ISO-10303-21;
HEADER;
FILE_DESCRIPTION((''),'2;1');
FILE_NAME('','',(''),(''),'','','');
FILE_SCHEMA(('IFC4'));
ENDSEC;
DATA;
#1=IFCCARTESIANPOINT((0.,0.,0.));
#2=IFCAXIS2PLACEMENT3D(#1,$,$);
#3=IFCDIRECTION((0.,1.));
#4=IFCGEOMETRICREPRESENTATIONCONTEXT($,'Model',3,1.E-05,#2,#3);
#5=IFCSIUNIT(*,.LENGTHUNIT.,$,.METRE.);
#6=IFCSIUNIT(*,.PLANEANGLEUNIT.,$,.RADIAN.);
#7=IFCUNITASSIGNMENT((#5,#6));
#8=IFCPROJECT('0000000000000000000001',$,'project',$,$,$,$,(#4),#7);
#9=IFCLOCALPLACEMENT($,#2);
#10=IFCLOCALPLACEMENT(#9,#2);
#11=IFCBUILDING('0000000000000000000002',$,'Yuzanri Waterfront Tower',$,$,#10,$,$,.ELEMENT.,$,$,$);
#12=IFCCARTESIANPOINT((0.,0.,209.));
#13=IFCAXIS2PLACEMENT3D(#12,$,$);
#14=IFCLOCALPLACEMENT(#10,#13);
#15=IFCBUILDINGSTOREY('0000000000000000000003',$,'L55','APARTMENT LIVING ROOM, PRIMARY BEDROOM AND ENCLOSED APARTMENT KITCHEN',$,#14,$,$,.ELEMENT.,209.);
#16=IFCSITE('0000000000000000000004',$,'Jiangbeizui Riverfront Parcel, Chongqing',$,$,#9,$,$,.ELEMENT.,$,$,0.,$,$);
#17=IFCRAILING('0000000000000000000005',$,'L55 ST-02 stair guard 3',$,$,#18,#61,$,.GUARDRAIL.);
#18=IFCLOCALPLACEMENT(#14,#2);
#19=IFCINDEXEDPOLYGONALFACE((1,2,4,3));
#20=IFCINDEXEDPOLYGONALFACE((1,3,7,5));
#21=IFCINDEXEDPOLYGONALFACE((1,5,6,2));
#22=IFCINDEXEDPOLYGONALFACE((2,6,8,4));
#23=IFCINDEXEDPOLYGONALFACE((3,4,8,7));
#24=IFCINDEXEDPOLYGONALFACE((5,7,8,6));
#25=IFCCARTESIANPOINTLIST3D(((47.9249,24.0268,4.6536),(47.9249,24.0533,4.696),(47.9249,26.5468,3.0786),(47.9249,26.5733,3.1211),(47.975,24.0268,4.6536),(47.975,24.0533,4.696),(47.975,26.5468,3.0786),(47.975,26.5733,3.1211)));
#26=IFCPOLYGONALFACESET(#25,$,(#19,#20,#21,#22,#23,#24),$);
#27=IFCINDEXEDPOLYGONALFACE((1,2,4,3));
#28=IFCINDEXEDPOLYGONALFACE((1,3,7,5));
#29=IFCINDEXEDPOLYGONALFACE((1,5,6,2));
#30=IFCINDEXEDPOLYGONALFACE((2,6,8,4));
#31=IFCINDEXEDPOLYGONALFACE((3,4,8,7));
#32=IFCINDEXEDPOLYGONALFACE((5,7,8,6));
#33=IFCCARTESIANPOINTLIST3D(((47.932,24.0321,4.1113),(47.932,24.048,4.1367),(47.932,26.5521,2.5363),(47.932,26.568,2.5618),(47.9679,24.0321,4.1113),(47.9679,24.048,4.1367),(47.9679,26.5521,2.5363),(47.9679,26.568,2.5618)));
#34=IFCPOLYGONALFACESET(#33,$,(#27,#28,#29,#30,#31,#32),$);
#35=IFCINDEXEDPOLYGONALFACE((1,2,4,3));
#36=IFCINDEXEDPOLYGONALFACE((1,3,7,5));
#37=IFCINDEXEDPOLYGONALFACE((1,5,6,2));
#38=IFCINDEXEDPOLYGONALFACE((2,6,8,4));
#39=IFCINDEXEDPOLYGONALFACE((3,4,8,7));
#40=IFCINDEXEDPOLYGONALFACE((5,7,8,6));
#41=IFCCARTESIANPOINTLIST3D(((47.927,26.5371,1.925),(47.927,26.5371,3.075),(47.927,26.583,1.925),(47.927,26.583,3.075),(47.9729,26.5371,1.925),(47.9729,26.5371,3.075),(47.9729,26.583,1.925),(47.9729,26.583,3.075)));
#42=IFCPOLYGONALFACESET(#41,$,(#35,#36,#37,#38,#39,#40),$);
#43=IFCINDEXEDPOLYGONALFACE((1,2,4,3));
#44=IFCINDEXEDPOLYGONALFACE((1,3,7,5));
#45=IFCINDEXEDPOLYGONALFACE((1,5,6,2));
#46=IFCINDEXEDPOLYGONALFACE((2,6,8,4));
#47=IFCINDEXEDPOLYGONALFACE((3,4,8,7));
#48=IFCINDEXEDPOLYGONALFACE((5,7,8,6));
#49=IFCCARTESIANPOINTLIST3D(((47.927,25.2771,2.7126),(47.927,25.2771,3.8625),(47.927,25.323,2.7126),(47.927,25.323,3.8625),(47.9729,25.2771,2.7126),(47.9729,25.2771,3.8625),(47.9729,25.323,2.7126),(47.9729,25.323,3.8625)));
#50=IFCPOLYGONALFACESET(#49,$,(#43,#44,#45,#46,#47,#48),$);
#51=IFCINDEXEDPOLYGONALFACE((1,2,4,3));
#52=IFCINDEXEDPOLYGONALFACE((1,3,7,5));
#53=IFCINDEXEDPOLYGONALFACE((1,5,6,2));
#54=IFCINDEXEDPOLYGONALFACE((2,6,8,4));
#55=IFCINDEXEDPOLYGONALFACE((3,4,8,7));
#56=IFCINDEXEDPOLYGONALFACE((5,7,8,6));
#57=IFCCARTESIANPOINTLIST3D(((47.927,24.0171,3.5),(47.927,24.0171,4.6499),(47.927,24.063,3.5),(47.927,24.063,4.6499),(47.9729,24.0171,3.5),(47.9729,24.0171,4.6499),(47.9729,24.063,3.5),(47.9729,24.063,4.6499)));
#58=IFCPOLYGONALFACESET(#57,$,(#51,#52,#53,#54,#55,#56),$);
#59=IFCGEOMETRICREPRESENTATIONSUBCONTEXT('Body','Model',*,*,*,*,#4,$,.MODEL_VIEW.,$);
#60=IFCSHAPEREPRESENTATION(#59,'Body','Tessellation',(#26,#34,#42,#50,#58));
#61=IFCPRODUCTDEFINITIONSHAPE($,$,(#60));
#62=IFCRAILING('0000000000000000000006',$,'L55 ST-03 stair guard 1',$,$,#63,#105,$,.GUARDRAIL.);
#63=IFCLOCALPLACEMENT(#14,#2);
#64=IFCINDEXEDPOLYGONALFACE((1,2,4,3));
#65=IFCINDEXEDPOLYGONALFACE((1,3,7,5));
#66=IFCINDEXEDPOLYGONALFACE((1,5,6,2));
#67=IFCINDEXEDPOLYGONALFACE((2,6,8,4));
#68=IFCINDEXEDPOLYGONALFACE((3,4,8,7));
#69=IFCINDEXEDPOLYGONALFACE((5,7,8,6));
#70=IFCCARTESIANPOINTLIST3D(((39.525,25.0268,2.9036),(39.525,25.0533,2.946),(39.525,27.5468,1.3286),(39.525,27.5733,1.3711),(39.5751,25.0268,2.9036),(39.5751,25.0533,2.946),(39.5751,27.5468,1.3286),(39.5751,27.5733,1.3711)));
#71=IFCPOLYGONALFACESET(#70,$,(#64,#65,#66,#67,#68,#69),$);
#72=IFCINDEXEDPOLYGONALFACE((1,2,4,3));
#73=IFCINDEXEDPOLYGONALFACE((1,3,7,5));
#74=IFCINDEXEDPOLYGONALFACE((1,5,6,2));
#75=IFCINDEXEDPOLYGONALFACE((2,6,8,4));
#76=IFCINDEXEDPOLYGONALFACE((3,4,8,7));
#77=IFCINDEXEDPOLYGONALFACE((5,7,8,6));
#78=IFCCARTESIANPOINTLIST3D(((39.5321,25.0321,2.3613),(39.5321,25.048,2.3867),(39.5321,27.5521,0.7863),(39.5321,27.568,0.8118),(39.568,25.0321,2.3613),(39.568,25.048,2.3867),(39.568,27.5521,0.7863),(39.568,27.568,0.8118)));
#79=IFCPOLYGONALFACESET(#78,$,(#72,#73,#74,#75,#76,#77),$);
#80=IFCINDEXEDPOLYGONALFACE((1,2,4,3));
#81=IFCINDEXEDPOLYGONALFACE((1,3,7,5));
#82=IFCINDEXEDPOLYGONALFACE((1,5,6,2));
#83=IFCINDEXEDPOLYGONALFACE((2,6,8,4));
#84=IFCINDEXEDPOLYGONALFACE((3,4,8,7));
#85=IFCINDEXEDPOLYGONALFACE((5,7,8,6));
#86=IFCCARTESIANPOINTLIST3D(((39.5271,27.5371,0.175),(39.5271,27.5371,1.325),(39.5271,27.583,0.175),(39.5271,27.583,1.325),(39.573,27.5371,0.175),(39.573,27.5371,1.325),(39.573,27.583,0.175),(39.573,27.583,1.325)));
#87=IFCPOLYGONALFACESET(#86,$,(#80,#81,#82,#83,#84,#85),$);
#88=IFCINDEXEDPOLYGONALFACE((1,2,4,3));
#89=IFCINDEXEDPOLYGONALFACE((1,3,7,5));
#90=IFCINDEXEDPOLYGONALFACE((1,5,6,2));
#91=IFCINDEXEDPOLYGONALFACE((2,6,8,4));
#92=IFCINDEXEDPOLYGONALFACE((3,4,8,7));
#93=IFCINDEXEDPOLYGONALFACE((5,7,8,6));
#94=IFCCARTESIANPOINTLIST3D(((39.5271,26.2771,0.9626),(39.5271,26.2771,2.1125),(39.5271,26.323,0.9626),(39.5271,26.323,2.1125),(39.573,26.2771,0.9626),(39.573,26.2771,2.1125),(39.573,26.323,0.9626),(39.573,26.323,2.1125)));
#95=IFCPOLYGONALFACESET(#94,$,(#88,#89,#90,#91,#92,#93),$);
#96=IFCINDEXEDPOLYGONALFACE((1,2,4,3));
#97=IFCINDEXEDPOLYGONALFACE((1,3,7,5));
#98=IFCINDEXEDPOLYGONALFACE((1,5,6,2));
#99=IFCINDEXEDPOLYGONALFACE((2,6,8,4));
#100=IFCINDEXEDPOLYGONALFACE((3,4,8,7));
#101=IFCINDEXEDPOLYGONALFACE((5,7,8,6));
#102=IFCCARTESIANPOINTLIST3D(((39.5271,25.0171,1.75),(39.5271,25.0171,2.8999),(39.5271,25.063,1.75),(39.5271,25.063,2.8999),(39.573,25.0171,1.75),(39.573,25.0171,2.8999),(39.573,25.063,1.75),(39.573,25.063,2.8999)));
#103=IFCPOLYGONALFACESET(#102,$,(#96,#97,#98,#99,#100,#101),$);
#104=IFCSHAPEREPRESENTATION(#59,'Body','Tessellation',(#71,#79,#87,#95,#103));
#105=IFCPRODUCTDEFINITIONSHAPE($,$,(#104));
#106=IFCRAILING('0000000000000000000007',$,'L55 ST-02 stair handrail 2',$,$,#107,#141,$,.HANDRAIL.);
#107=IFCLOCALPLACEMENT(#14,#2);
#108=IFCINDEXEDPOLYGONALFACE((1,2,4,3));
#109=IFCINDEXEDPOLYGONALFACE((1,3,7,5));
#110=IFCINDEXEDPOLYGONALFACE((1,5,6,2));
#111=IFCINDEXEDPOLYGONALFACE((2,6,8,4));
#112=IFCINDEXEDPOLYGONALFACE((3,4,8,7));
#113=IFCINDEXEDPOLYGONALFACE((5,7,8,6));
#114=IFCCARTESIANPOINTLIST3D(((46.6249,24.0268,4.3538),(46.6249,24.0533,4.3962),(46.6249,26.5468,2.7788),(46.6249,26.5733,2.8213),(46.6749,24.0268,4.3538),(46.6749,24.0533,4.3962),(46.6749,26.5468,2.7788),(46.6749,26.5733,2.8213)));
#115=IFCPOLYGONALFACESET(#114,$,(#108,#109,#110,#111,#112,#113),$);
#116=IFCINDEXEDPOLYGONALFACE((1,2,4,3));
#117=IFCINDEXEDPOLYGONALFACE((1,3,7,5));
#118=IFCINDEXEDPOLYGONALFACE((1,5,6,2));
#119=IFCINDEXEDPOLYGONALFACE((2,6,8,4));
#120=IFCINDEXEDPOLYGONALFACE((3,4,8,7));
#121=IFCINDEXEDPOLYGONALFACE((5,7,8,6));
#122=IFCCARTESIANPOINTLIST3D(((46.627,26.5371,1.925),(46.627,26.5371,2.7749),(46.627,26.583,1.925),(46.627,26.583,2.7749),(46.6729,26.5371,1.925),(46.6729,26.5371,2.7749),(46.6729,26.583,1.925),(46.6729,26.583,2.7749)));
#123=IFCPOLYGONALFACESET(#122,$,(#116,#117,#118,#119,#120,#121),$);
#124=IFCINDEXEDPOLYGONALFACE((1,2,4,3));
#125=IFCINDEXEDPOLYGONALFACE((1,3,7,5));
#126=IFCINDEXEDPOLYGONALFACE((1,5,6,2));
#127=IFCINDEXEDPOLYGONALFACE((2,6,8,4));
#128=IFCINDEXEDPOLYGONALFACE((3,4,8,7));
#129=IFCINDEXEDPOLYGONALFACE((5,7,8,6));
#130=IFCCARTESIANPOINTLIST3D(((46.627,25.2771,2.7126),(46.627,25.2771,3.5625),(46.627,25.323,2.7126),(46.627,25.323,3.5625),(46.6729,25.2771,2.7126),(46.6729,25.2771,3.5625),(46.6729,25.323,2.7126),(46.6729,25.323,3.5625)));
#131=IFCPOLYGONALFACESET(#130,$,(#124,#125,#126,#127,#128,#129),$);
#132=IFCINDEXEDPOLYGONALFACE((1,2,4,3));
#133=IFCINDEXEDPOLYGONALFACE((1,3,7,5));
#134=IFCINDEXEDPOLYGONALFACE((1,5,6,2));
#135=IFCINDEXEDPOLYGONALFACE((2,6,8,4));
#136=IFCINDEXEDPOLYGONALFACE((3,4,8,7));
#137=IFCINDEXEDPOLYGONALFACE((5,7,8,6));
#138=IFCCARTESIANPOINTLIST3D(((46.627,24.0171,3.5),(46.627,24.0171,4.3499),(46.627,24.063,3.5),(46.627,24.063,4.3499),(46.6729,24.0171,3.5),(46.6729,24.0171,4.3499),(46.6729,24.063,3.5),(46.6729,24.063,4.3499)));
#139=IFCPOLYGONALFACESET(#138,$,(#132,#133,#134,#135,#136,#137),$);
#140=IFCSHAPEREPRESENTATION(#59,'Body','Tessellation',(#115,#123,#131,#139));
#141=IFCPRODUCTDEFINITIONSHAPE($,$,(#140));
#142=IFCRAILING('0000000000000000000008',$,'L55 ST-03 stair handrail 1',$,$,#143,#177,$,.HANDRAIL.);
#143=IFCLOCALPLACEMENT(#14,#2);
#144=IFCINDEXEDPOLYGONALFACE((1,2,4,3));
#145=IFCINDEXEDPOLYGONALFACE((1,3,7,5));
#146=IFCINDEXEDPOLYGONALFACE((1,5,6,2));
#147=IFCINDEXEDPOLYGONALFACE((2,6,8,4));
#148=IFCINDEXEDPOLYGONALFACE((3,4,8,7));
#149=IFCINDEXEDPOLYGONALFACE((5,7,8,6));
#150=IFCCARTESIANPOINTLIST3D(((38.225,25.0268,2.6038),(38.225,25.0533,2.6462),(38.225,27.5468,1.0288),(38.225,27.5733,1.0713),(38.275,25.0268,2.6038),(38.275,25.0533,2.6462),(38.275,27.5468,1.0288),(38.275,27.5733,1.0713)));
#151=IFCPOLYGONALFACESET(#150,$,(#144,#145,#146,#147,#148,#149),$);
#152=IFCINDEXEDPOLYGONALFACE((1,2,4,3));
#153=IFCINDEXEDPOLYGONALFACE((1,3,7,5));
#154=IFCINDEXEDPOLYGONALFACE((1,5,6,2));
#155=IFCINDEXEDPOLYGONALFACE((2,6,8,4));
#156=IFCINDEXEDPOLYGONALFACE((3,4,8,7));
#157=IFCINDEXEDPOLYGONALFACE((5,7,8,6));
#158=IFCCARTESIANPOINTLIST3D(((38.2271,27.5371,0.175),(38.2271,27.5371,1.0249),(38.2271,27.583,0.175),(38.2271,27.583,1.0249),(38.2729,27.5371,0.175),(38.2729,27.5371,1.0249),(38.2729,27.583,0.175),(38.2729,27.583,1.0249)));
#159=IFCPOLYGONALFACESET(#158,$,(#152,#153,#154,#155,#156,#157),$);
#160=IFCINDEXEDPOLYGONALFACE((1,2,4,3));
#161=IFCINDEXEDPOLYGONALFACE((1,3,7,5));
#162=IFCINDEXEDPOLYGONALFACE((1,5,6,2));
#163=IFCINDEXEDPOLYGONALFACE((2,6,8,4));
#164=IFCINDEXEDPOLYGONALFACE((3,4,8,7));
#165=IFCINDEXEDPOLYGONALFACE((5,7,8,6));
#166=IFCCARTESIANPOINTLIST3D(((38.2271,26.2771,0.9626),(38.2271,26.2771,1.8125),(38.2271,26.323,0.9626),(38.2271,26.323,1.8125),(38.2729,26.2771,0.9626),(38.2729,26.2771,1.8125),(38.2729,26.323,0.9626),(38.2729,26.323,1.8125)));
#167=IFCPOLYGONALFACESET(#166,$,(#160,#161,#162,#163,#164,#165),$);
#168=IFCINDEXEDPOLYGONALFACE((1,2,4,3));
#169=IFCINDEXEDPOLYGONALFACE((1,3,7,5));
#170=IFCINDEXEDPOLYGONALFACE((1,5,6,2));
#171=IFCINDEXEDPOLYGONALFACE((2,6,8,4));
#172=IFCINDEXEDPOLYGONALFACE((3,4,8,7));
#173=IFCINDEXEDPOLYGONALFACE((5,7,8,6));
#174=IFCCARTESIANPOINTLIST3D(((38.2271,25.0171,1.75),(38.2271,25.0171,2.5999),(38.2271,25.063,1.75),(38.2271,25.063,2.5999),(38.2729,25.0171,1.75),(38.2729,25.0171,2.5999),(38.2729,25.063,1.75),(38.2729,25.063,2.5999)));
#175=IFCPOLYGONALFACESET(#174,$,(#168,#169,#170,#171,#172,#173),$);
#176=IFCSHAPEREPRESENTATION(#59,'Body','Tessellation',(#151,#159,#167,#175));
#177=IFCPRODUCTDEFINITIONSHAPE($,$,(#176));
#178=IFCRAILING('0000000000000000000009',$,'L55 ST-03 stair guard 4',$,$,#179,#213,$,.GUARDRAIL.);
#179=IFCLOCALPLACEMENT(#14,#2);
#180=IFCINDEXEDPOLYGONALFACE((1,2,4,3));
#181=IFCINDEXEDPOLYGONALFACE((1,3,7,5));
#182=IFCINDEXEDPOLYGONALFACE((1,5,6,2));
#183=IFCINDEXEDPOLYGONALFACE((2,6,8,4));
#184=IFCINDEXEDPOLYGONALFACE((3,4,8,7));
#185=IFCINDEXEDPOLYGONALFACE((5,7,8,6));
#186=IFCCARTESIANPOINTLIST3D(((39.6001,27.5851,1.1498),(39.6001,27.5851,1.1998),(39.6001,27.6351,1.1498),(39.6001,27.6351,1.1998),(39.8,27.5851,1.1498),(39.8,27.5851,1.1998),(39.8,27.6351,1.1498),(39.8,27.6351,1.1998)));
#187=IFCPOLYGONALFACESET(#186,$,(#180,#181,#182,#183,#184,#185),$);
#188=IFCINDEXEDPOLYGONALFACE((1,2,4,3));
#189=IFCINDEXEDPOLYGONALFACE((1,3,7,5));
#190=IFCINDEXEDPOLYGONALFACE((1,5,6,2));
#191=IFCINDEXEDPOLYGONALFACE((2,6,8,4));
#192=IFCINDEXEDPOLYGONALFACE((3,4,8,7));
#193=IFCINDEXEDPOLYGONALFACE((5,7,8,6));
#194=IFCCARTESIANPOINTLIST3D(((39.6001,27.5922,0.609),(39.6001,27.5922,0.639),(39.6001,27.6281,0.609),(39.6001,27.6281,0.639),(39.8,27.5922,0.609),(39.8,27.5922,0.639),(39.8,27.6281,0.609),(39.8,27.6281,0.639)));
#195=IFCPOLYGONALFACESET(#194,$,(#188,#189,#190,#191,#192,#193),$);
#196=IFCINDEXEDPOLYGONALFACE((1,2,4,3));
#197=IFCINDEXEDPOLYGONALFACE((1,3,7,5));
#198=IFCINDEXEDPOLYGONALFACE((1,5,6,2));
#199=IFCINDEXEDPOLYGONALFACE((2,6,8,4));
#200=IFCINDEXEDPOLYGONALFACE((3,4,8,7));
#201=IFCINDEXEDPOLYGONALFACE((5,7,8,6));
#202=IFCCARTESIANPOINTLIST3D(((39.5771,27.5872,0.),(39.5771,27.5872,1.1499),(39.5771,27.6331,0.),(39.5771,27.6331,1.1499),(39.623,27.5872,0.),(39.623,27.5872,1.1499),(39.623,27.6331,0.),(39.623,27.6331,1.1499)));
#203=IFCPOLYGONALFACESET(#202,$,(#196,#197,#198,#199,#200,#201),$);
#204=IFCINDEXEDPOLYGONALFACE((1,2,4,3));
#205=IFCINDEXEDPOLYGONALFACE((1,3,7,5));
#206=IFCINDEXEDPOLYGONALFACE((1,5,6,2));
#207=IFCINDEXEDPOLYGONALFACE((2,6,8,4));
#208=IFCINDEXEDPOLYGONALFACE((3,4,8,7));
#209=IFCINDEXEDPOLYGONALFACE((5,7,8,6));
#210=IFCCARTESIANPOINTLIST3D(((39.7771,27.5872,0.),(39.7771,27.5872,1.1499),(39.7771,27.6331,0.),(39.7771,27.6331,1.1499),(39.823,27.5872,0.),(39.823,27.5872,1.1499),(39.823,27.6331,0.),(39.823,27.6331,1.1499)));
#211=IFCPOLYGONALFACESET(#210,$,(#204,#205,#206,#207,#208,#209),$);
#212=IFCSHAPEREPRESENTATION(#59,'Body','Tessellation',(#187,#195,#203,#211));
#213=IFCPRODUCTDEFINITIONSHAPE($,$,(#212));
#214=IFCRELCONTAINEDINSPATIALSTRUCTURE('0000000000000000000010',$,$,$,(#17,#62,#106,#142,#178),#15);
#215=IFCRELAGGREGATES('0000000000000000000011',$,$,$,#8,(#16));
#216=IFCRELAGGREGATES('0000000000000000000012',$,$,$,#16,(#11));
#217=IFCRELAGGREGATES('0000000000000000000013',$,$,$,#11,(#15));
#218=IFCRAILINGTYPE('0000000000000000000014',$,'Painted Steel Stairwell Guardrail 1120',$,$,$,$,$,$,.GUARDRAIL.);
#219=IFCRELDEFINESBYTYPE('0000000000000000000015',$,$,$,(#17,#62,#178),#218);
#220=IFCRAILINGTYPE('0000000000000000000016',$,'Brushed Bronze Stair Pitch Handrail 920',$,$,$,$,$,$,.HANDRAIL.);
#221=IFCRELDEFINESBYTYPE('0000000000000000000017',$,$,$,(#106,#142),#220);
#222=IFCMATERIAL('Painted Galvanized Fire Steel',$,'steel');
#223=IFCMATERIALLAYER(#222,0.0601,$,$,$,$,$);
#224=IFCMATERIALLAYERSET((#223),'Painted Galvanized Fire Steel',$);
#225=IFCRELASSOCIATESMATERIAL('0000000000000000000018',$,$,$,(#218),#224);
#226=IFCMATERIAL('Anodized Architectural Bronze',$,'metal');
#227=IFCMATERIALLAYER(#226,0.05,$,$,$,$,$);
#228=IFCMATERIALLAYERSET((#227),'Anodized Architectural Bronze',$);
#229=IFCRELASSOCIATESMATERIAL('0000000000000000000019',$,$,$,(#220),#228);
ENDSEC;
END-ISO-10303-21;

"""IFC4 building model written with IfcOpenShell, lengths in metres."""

from ifc_helpers import new_model, si_unit, direction, frame, origin, origin_2d, place, context, subcontext, project, spatial, rectangle, extrude, source, transform, mapped, material, layer, layer_set, type_object, element, save


model = new_model("IFC4")

# Units and contexts
model_context = context("Model", 3, precision=1e-05, world=origin(), true_north=direction((0.0, 1.0)))
body_context = subcontext(model_context, "Body", "Model", "MODEL_VIEW")
ifc_project = project(units=[si_unit("LENGTHUNIT", "METRE"), si_unit("PLANEANGLEUNIT", "RADIAN")], contexts=[model_context])

# Site, building, storey
site_placement = place(None, origin())
site = spatial("IfcSite", under=ifc_project, at=site_placement, Name="Jiangbeizui Riverfront Parcel, Chongqing", CompositionType="ELEMENT", RefElevation=0.0)
building_placement = place(site_placement, origin())
building = spatial("IfcBuilding", under=site, at=building_placement, Name="Yuzanri Waterfront Tower", CompositionType="ELEMENT")
storey_placement = place(building_placement, frame((0.0, 0.0, 209.0)))
storey = spatial("IfcBuildingStorey", under=building, at=storey_placement, Name="L55", Description="APARTMENT LIVING ROOM, PRIMARY BEDROOM AND ENCLOSED APARTMENT KITCHEN", CompositionType="ELEMENT", Elevation=209.0)

# Railings
ifc_material_1 = material(Name="Painted Galvanized Fire Steel", Category="steel")
ifc_layer_1 = layer(ifc_material_1, 0.0601)
ifc_layer_set_1 = layer_set([ifc_layer_1], Name="Painted Galvanized Fire Steel")
railing_type_1 = type_object("IfcRailingType", Name="Painted Steel Stairwell Guardrail 1120", PredefinedType="GUARDRAIL", material=ifc_layer_set_1)
shared_shape_1 = source(origin(), body_context, "Body", "SweptSolid", [
    extrude(rectangle(XDim=0.05, YDim=0.05, at=origin_2d()), frame((0.0, 0.0, 1.1748), z_axis=(0.0, -0.848008, 0.529984), x_axis=(1.0, 0.0, 0.0)), (0.0, 0.0, 1.0), 2.9717),
    extrude(rectangle(XDim=0.0359, YDim=0.03, at=origin_2d()), frame((0.0, 0.0, 0.624), z_axis=(0.0, -0.848008, 0.529984), x_axis=(1.0, 0.0, 0.0)), (0.0, 0.0, 1.0), 2.9717),
    extrude(rectangle(XDim=0.0459, YDim=0.0459, at=origin_2d()), origin(), (0.0, 0.0, 1.0), 1.1499),
    extrude(rectangle(XDim=0.0459, YDim=0.0459, at=origin_2d()), frame((0.0, -1.26, 0.7876)), (0.0, 0.0, 1.0), 1.1499),
    extrude(rectangle(XDim=0.0459, YDim=0.0459, at=origin_2d()), frame((0.0, -2.52, 1.575)), (0.0, 0.0, 1.0), 1.1499),
])
for number, where, name in (
    (1, (47.95, 26.5601, 1.925), "L55 ST-02 stair guard 3"),
    (2, (39.55, 27.5601, 0.175), "L55 ST-03 stair guard 1"),
):
    element("IfcRailing", number, at=place(storey_placement, frame(where)), inside=storey, type_object=railing_type_1, Name=name, PredefinedType="GUARDRAIL", context=body_context, shape_type="MappedRepresentation", body=[
        mapped(shared_shape_1, transform((0.0, 0.0, 0.0), scale=1.0)),
    ])
ifc_material_2 = material(Name="Anodized Architectural Bronze", Category="metal")
ifc_layer_2 = layer(ifc_material_2, 0.05)
ifc_layer_set_2 = layer_set([ifc_layer_2], Name="Anodized Architectural Bronze")
railing_type_2 = type_object("IfcRailingType", Name="Brushed Bronze Stair Pitch Handrail 920", PredefinedType="HANDRAIL", material=ifc_layer_set_2)
shared_shape_2 = source(origin(), body_context, "Body", "SweptSolid", [
    extrude(rectangle(XDim=0.05, YDim=0.05, at=origin_2d()), frame((0.0, 0.0, 0.875), z_axis=(0.0, -0.848008, 0.529984), x_axis=(1.0, 0.0, 0.0)), (0.0, 0.0, 1.0), 2.9717),
    extrude(rectangle(XDim=0.0459, YDim=0.0459, at=origin_2d()), origin(), (0.0, 0.0, 1.0), 0.8499),
    extrude(rectangle(XDim=0.0459, YDim=0.0459, at=origin_2d()), frame((0.0, -1.26, 0.7876)), (0.0, 0.0, 1.0), 0.8499),
    extrude(rectangle(XDim=0.0459, YDim=0.0459, at=origin_2d()), frame((0.0, -2.52, 1.575)), (0.0, 0.0, 1.0), 0.8499),
])
for number, where, name in (
    (3, (46.6499, 26.5601, 1.925), "L55 ST-02 stair handrail 2"),
    (4, (38.25, 27.5601, 0.175), "L55 ST-03 stair handrail 1"),
):
    element("IfcRailing", number, at=place(storey_placement, frame(where)), inside=storey, type_object=railing_type_2, Name=name, PredefinedType="HANDRAIL", context=body_context, shape_type="MappedRepresentation", body=[
        mapped(shared_shape_2, transform((0.0, 0.0, 0.0), scale=1.0)),
    ])
shared_shape_3 = source(origin(), body_context, "Body", "SweptSolid", [
    extrude(rectangle(XDim=0.05, YDim=0.05, at=origin_2d()), frame((0.0, 0.0, 1.1748), z_axis=(1.0, 0.0, 0.0), x_axis=(0.0, 1.0, 0.0)), (0.0, 0.0, 1.0), 0.2),
    extrude(rectangle(XDim=0.0359, YDim=0.03, at=origin_2d()), frame((0.0, 0.0, 0.624), z_axis=(1.0, 0.0, 0.0), x_axis=(0.0, 1.0, 0.0)), (0.0, 0.0, 1.0), 0.2),
    extrude(rectangle(XDim=0.0459, YDim=0.0459, at=origin_2d()), origin(), (0.0, 0.0, 1.0), 1.1499),
    extrude(rectangle(XDim=0.0459, YDim=0.0459, at=origin_2d()), frame((0.2, 0.0, 0.0)), (0.0, 0.0, 1.0), 1.1499),
])
railing_1_placement = place(storey_placement, frame((39.6001, 27.6101, 0.0)))
element("IfcRailing", 5, at=railing_1_placement, inside=storey, type_object=railing_type_1, Name="L55 ST-03 stair guard 4", PredefinedType="GUARDRAIL", context=body_context, shape_type="MappedRepresentation", body=[
    mapped(shared_shape_3, transform((0.0, 0.0, 0.0), scale=1.0)),
])

save(model, "model.ifc")
